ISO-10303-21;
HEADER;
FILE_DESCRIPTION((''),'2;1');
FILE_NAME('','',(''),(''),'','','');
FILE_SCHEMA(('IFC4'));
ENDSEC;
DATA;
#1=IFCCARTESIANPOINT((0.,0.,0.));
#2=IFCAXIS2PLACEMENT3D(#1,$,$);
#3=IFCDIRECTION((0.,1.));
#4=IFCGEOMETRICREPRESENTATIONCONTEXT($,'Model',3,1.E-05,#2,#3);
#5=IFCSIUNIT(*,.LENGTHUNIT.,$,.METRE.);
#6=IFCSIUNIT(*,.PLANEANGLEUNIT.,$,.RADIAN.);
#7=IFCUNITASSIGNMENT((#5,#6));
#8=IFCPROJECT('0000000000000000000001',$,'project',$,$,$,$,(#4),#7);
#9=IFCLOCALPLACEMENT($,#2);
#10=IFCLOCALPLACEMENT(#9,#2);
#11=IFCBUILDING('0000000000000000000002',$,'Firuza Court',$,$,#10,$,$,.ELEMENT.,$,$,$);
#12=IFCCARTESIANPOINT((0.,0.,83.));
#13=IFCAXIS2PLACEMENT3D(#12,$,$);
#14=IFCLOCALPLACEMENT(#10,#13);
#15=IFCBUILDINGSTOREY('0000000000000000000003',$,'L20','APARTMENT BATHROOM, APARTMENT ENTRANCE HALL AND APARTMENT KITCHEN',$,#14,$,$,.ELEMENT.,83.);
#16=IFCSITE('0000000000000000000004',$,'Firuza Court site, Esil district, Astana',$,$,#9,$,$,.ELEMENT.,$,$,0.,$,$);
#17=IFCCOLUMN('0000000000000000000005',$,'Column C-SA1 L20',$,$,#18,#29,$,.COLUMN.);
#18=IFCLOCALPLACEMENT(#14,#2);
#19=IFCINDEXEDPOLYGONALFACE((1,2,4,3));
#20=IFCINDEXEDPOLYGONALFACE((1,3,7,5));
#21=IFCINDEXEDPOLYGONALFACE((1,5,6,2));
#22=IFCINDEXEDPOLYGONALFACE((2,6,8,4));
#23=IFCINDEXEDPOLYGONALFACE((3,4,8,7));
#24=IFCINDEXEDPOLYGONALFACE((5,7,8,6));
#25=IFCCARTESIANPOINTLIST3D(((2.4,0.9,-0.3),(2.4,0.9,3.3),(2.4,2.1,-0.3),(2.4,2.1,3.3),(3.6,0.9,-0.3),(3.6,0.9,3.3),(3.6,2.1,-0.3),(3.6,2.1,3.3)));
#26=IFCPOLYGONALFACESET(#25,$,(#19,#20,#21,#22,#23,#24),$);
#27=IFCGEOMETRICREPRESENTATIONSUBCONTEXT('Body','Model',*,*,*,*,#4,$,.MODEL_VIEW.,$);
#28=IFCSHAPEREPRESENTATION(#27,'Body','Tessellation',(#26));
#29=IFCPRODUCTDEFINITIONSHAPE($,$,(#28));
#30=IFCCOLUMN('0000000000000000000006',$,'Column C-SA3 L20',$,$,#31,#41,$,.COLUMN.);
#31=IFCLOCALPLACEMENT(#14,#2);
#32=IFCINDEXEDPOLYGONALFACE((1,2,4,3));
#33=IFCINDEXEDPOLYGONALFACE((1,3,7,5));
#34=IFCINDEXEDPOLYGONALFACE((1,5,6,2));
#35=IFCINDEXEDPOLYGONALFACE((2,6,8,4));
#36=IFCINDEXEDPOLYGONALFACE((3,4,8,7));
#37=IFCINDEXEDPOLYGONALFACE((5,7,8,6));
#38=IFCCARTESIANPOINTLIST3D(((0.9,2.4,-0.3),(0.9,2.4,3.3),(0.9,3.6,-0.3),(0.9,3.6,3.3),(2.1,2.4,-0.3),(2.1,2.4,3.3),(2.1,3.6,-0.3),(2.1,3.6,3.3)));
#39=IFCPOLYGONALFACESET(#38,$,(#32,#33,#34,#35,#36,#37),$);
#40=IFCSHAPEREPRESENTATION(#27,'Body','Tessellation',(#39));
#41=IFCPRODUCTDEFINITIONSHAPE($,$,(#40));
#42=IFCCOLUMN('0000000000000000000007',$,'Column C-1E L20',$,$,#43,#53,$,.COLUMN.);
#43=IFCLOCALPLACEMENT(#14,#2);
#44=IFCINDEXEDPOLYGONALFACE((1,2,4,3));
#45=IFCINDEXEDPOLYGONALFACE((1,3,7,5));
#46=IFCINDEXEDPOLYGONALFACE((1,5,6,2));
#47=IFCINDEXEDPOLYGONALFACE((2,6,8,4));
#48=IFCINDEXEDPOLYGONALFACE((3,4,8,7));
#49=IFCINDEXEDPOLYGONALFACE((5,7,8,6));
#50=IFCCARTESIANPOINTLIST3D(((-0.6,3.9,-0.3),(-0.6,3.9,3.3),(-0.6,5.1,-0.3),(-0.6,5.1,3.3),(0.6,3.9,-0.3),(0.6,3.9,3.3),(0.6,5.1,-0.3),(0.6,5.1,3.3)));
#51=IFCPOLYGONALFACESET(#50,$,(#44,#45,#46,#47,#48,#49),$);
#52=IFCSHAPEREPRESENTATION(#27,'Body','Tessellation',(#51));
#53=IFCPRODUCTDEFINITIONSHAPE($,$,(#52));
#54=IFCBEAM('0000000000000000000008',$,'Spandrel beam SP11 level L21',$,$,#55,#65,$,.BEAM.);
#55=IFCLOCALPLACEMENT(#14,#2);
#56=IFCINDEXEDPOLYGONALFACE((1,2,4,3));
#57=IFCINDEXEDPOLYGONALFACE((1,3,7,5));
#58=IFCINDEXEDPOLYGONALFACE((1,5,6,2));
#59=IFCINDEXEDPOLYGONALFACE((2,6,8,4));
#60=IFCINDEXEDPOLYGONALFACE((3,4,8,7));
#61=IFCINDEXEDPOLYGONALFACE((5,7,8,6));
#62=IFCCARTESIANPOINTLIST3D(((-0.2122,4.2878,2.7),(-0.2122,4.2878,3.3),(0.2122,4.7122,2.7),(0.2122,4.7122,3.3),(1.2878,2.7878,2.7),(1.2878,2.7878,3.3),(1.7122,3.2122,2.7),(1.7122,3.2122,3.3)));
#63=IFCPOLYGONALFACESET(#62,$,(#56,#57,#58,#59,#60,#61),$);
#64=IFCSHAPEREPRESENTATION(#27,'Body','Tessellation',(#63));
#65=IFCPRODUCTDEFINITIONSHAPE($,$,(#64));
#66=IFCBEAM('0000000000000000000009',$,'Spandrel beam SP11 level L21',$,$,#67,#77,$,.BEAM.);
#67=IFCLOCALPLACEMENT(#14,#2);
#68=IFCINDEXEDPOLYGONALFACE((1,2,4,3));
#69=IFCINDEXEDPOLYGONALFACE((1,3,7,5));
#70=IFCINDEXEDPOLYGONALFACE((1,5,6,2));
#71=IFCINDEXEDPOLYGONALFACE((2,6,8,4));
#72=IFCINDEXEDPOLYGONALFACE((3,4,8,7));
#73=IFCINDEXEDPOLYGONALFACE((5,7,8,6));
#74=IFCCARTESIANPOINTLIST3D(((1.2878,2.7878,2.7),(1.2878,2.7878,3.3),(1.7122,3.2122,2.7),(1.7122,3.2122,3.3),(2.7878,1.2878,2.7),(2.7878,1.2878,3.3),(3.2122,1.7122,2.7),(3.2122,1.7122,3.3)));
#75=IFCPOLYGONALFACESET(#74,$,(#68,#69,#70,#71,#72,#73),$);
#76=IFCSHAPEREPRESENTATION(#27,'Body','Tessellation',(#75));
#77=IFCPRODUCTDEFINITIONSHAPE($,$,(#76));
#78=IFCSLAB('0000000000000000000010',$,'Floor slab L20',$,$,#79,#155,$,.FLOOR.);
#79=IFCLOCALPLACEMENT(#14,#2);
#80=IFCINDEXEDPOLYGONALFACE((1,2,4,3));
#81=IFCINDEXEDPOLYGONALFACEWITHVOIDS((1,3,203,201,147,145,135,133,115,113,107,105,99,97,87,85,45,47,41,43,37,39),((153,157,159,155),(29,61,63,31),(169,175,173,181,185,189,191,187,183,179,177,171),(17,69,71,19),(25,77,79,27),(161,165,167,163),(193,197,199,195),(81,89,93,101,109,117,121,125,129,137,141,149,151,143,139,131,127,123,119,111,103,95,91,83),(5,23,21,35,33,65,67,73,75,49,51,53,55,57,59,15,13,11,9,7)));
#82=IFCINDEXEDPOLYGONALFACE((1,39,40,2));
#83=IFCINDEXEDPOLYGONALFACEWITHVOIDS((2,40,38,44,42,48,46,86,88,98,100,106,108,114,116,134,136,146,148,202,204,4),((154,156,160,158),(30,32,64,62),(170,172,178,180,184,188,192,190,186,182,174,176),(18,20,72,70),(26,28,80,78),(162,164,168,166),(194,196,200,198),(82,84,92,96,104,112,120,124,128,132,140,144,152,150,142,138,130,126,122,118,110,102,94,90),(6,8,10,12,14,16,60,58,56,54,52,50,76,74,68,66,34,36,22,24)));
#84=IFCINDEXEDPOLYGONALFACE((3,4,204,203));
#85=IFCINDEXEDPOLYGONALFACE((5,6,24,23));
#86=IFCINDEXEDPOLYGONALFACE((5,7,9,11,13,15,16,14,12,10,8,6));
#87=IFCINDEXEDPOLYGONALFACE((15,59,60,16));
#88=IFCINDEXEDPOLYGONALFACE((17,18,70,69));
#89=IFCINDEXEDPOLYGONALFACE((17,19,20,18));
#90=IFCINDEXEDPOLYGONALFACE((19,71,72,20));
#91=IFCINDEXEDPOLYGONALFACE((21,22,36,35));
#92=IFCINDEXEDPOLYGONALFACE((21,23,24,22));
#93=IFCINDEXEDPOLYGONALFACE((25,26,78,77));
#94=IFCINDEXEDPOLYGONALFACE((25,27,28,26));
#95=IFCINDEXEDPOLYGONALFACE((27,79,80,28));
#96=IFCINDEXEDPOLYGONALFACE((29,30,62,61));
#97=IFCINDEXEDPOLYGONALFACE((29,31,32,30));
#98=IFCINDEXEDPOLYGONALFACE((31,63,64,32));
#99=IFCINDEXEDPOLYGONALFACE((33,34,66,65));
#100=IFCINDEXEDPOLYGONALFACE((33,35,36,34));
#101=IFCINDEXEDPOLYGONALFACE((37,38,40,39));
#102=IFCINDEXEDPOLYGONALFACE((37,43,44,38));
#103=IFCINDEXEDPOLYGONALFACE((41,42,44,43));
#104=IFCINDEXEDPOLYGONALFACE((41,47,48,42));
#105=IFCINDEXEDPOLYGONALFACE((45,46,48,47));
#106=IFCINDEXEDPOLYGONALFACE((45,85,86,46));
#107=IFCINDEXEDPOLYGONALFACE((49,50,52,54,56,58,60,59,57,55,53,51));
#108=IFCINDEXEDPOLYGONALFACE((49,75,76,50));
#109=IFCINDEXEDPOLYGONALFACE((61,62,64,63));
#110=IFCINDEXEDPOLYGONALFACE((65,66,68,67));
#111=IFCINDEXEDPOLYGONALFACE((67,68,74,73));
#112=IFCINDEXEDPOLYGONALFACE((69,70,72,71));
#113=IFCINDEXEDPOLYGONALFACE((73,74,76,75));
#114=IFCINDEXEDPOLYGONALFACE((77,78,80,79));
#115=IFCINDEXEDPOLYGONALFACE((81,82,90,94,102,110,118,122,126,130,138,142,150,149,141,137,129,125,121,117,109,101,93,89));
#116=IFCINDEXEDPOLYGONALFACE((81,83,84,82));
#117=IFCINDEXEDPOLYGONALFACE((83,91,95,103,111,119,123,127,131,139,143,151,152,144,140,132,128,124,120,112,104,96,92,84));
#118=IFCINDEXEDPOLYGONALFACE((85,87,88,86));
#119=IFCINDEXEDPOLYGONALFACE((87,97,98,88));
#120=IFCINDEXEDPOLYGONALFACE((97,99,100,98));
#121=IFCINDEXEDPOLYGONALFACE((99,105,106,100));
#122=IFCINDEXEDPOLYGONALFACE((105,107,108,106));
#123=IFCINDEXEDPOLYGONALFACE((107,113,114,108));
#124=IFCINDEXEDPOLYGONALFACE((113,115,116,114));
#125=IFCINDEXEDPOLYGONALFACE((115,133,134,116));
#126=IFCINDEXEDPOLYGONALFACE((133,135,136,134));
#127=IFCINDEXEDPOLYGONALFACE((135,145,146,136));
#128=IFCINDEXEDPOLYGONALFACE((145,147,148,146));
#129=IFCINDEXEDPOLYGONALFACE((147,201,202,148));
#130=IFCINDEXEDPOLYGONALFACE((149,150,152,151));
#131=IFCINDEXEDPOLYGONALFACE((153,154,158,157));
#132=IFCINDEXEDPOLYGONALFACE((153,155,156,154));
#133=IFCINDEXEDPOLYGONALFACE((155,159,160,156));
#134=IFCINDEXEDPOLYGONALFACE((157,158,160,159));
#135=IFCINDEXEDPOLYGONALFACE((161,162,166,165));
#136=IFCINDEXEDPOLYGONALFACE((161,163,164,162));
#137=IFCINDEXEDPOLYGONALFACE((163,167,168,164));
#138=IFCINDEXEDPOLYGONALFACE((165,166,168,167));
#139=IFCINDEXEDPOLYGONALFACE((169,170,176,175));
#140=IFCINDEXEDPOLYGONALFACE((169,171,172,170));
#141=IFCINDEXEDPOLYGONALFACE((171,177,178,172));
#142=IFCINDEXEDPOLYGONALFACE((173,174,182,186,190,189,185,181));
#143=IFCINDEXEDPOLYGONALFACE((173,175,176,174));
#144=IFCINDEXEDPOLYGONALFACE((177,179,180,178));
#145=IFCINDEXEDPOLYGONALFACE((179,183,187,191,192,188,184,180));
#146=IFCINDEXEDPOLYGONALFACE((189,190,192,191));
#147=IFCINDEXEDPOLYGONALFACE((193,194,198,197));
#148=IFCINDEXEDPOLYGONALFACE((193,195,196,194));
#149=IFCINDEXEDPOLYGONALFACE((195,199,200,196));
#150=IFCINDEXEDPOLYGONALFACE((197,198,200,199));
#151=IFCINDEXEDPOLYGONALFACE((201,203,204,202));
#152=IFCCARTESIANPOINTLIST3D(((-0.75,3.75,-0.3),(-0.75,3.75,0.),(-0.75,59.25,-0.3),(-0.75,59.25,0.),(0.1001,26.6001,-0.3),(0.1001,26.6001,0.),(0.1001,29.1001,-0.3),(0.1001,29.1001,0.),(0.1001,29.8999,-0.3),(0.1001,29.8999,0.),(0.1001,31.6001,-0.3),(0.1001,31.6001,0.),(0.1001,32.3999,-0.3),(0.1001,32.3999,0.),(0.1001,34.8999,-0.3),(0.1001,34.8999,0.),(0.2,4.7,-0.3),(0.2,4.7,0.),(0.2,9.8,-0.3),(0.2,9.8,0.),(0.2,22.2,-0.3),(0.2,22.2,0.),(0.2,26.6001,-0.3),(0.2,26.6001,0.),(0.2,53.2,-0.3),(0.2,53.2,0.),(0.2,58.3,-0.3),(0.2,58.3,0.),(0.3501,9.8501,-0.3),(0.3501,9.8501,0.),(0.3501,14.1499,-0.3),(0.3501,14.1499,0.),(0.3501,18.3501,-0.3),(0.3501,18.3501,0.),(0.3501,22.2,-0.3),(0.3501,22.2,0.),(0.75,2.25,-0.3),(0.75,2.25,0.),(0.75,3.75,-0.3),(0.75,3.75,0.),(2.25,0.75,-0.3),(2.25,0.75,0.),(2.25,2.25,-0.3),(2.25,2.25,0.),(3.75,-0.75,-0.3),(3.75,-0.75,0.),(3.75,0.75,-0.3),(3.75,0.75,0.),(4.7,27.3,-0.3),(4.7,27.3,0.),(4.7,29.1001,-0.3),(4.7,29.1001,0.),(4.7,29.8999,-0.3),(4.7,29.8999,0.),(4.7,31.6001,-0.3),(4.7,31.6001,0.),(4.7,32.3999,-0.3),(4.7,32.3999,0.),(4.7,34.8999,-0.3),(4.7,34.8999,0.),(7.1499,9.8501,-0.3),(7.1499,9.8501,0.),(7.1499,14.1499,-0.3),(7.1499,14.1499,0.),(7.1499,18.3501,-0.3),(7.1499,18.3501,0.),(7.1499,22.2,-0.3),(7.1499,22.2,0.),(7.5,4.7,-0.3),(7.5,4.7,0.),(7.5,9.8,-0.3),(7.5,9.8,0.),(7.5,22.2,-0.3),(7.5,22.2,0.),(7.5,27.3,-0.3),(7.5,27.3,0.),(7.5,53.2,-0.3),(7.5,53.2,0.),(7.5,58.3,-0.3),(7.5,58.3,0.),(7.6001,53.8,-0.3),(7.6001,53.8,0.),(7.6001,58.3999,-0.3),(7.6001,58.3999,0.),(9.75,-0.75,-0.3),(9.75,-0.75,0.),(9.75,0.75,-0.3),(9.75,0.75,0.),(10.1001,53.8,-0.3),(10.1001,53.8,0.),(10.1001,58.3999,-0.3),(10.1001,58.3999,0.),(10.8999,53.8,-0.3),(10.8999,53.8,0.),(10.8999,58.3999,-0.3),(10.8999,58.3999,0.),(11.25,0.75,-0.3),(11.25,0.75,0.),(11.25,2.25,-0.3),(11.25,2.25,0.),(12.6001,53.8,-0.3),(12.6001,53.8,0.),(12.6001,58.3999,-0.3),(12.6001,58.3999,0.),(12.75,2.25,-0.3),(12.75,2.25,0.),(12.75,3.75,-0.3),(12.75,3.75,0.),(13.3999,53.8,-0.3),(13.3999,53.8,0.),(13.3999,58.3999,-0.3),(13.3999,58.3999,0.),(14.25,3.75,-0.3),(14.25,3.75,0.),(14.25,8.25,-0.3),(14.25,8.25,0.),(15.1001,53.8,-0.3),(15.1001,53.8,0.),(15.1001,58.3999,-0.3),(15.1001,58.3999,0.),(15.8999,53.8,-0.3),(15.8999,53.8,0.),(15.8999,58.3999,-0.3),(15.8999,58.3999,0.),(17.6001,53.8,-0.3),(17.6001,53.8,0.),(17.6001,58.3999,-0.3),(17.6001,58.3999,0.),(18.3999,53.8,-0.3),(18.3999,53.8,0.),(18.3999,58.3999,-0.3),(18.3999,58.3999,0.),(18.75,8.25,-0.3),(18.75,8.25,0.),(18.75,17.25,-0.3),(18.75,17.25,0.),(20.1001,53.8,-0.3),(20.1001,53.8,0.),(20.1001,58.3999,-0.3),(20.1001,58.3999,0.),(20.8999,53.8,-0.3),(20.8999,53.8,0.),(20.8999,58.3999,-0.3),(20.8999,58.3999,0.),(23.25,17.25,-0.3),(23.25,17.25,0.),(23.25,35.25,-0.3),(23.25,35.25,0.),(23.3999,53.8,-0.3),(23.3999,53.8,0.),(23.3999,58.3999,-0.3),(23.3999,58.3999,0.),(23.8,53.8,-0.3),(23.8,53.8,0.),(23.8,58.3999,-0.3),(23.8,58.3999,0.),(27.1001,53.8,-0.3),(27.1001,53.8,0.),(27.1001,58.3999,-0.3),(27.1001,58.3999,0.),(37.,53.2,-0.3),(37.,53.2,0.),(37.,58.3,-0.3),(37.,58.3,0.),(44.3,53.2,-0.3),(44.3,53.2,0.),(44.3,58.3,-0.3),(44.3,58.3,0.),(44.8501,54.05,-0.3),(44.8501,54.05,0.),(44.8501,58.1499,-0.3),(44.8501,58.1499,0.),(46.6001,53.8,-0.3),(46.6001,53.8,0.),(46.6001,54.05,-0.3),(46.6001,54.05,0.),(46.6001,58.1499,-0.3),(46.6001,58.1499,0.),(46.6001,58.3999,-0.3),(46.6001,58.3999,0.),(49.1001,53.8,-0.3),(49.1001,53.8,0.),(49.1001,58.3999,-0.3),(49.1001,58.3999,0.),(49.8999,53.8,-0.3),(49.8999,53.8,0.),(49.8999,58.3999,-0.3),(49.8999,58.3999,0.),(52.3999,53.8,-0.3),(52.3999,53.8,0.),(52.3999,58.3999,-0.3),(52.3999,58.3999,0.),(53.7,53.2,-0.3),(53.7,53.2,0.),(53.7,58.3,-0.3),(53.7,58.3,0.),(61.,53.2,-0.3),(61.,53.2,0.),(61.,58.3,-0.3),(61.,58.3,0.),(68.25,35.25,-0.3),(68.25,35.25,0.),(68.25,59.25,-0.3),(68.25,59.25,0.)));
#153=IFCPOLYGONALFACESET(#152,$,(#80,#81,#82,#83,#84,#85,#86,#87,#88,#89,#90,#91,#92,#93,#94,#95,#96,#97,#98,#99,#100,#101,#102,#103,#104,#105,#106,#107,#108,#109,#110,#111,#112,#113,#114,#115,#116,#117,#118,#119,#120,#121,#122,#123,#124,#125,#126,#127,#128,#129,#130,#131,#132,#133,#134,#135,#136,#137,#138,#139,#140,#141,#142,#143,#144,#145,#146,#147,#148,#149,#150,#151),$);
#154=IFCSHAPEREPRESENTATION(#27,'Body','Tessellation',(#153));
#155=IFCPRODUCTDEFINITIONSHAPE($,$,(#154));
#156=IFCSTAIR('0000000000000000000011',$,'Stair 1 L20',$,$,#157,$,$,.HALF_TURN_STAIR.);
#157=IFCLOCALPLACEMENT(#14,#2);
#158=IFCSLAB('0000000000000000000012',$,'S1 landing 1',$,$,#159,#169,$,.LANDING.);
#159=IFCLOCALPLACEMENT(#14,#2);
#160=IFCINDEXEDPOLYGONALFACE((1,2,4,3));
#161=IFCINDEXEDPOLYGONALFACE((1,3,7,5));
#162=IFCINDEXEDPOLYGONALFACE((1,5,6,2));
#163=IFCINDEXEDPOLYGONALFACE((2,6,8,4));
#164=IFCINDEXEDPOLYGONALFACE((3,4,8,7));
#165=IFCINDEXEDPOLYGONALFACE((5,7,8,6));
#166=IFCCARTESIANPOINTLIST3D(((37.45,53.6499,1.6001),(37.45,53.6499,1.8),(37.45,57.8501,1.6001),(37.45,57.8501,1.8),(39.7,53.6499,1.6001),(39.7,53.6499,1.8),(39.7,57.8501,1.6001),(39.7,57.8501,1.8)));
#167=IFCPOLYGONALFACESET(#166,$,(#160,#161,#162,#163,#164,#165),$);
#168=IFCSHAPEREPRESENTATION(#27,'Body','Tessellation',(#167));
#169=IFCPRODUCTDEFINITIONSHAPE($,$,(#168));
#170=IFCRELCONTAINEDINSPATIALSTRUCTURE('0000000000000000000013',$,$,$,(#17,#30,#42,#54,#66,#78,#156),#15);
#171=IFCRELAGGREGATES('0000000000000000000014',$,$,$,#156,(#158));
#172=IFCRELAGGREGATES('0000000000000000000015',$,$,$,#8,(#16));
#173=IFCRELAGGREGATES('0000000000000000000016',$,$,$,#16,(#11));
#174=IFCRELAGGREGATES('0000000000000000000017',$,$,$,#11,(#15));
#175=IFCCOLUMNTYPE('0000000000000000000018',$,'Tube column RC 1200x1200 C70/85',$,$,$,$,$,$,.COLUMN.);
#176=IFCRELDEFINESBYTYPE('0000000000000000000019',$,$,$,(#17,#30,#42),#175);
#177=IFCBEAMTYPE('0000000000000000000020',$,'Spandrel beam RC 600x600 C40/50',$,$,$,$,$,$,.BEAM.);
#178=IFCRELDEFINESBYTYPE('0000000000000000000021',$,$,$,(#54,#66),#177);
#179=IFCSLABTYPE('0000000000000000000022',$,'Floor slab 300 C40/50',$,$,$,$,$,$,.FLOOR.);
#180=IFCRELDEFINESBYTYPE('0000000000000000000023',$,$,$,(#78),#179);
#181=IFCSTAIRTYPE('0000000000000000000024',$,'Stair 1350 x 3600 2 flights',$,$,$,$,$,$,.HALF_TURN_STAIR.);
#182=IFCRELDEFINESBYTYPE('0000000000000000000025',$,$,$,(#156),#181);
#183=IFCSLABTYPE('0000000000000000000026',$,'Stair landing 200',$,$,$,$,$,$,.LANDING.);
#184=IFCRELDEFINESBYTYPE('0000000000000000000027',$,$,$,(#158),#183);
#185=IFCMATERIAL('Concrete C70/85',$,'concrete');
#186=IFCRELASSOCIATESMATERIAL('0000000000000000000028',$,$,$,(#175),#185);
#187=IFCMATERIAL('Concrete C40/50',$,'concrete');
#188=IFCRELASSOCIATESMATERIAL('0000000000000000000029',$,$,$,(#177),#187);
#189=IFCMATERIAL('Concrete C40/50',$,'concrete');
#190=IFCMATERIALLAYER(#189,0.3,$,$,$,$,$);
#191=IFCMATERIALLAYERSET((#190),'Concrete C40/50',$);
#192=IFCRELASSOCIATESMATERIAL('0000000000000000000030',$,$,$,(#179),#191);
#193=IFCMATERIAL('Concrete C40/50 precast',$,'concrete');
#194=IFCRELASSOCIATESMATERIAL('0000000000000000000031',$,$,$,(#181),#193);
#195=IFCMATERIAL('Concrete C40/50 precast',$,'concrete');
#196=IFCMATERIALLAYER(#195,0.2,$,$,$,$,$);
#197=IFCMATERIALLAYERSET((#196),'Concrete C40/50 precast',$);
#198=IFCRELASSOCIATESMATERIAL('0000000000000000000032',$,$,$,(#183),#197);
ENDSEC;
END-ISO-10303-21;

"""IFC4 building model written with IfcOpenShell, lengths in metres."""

from ifc_helpers import new_model, si_unit, direction, frame, origin, origin_2d, place, context, subcontext, project, spatial, polyline, rectangle, outline, extrude, material, layer, layer_set, material_profile, profile_set, type_object, element, aggregate, save


model = new_model("IFC4")

# Units and contexts
model_context = context("Model", 3, precision=1e-05, world=origin(), true_north=direction((0.0, 1.0)))
body_context = subcontext(model_context, "Body", "Model", "MODEL_VIEW")
ifc_project = project(units=[si_unit("LENGTHUNIT", "METRE"), si_unit("PLANEANGLEUNIT", "RADIAN")], contexts=[model_context])

# Site, building, storey
site_placement = place(None, origin())
site = spatial("IfcSite", under=ifc_project, at=site_placement, Name="Firuza Court site, Esil district, Astana", CompositionType="ELEMENT", RefElevation=0.0)
building_placement = place(site_placement, origin())
building = spatial("IfcBuilding", under=site, at=building_placement, Name="Firuza Court", CompositionType="ELEMENT")
storey_placement = place(building_placement, frame((0.0, 0.0, 83.0)))
storey = spatial("IfcBuildingStorey", under=building, at=storey_placement, Name="L20", Description="APARTMENT BATHROOM, APARTMENT ENTRANCE HALL AND APARTMENT KITCHEN", CompositionType="ELEMENT", Elevation=83.0)

# Columns
ifc_material_1 = material(Name="Concrete C70/85", Category="concrete")
ifc_material_profile_1 = material_profile(ifc_material_1, rectangle(XDim=1.2, YDim=1.2, at=origin_2d()), Name="RC 1200x1200")
ifc_profile_set_1 = profile_set([ifc_material_profile_1], Name="Concrete C70/85")
column_type = type_object("IfcColumnType", Name="Tube column RC 1200x1200 C70/85", PredefinedType="COLUMN", material=ifc_profile_set_1)
for number, where, z_axis, x_axis, name in (
    (1, (3.0, 1.5, -0.3), (0.0, 0.0, 1.0), (1.0, 0.0, 0.0), "Column C-SA1 L20"),
    (2, (1.5, 3.0, -0.3), (0.0, 0.0, 1.0), (1.0, 0.0, 0.0), "Column C-SA3 L20"),
    (3, (0.0, 4.5, -0.3), (0.0, 0.0, 1.0), (1.0, 0.0, 0.0), "Column C-1E L20"),
):
    element("IfcColumn", number, at=place(storey_placement, frame(where, z_axis=z_axis, x_axis=x_axis)), inside=storey, type_object=column_type, Name=name, PredefinedType="COLUMN", context=body_context, shape_type="SweptSolid", body=[
        extrude(rectangle(XDim=1.2, YDim=1.2, at=origin_2d()), origin(), (0.0, 0.0, 1.0), 3.6001),
    ])

# Beams
ifc_material_2 = material(Name="Concrete C40/50", Category="concrete")
ifc_material_profile_2 = material_profile(ifc_material_2, rectangle(XDim=0.6001, YDim=0.6001, at=origin_2d()), Name="RC 600x600")
ifc_profile_set_2 = profile_set([ifc_material_profile_2], Name="Concrete C40/50")
beam_type = type_object("IfcBeamType", Name="Spandrel beam RC 600x600 C40/50", PredefinedType="BEAM", material=ifc_profile_set_2)
for number, where, z_axis, x_axis, name in (
    (4, (0.0, 4.5, 3.0), (0.707107, -0.707107, 0.0), (0.707107, 0.707107, 0.0), "Spandrel beam SP11 level L21"),
    (5, (1.5, 3.0, 3.0), (0.707107, -0.707107, 0.0), (0.707107, 0.707107, 0.0), "Spandrel beam SP11 level L21"),
):
    element("IfcBeam", number, at=place(storey_placement, frame(where, z_axis=z_axis, x_axis=x_axis)), inside=storey, type_object=beam_type, Name=name, PredefinedType="BEAM", context=body_context, shape_type="SweptSolid", body=[
        extrude(rectangle(XDim=0.6001, YDim=0.6001, at=origin_2d()), origin(), (0.0, 0.0, 1.0), 2.1213),
    ])

# Slab
ifc_material_3 = material(Name="Concrete C40/50", Category="concrete")
ifc_layer_1 = layer(ifc_material_3, 0.3)
ifc_layer_set_1 = layer_set([ifc_layer_1], Name="Concrete C40/50")
slab_type_1 = type_object("IfcSlabType", Name="Floor slab 300 C40/50", PredefinedType="FLOOR", material=ifc_layer_set_1)
slab_1_placement = place(storey_placement, frame((0.0, 0.0, -0.3)))
element("IfcSlab", 6, at=slab_1_placement, inside=storey, type_object=slab_type_1, Name="Floor slab L20", PredefinedType="FLOOR", context=body_context, shape_type="SweptSolid", body=[
    extrude(outline(polyline([(3.75, -0.75), (3.75, 0.75), (2.25, 0.75), (2.25, 2.25), (0.75, 2.25), (0.75, 3.75), (-0.75, 3.75), (-0.75, 59.25), (68.25, 59.25), (68.25, 35.25), (23.25, 35.25), (23.25, 17.25), (18.75, 17.25), (18.75, 8.25), (14.25, 8.25), (14.25, 3.75), (12.75, 3.75), (12.75, 2.25), (11.25, 2.25), (11.25, 0.75), (9.75, 0.75), (9.75, -0.75), (3.75, -0.75)]), holes=[polyline([(7.5, 9.8), (0.2, 9.8), (0.2, 4.7), (7.5, 4.7), (7.5, 9.8)]), polyline([(7.1499, 14.1499), (0.3501, 14.1499), (0.3501, 9.8501), (7.1499, 9.8501), (7.1499, 14.1499)]), polyline([(0.2, 22.2), (0.3501, 22.2), (0.3501, 18.3501), (7.1499, 18.3501), (7.1499, 22.2), (7.5, 22.2), (7.5, 27.3), (4.7, 27.3), (4.7, 29.1001), (4.7, 29.8999), (4.7, 31.6001), (4.7, 32.3999), (4.7, 34.8999), (0.1001, 34.8999), (0.1001, 32.3999), (0.1001, 31.6001), (0.1001, 29.8999), (0.1001, 29.1001), (0.1001, 26.6001), (0.2, 26.6001), (0.2, 22.2)]), polyline([(7.5, 58.3), (0.2, 58.3), (0.2, 53.2), (7.5, 53.2), (7.5, 58.3)]), polyline([(10.1001, 58.3999), (7.6001, 58.3999), (7.6001, 53.8), (10.1001, 53.8), (10.8999, 53.8), (12.6001, 53.8), (13.3999, 53.8), (15.1001, 53.8), (15.8999, 53.8), (17.6001, 53.8), (18.3999, 53.8), (20.1001, 53.8), (20.8999, 53.8), (23.3999, 53.8), (23.3999, 58.3999), (20.8999, 58.3999), (20.1001, 58.3999), (18.3999, 58.3999), (17.6001, 58.3999), (15.8999, 58.3999), (15.1001, 58.3999), (13.3999, 58.3999), (12.6001, 58.3999), (10.8999, 58.3999), (10.1001, 58.3999)]), polyline([(44.3, 58.3), (37.0, 58.3), (37.0, 53.2), (44.3, 53.2), (44.3, 58.3)]), polyline([(61.0, 58.3), (53.7, 58.3), (53.7, 53.2), (61.0, 53.2), (61.0, 58.3)]), polyline([(27.1001, 58.3999), (23.8, 58.3999), (23.8, 53.8), (27.1001, 53.8), (27.1001, 58.3999)]), polyline([(46.6001, 58.1499), (44.8501, 58.1499), (44.8501, 54.05), (46.6001, 54.05), (46.6001, 53.8), (49.1001, 53.8), (49.8999, 53.8), (52.3999, 53.8), (52.3999, 58.3999), (49.8999, 58.3999), (49.1001, 58.3999), (46.6001, 58.3999), (46.6001, 58.1499)])]), origin(), (0.0, 0.0, 1.0), 0.3),
])

# Stair, slab
ifc_material_4 = material(Name="Concrete C40/50 precast", Category="concrete")
stair_type = type_object("IfcStairType", Name="Stair 1350 x 3600 2 flights", PredefinedType="HALF_TURN_STAIR", material=ifc_material_4)
stair_1_placement = place(storey_placement, origin())
stair_1 = element("IfcStair", 7, at=stair_1_placement, inside=storey, type_object=stair_type, Name="Stair 1 L20", PredefinedType="HALF_TURN_STAIR")
ifc_material_5 = material(Name="Concrete C40/50 precast", Category="concrete")
ifc_layer_2 = layer(ifc_material_5, 0.2)
ifc_layer_set_2 = layer_set([ifc_layer_2], Name="Concrete C40/50 precast")
slab_type_2 = type_object("IfcSlabType", Name="Stair landing 200", PredefinedType="LANDING", material=ifc_layer_set_2)
slab_2_placement = place(storey_placement, frame((0.0, 0.0, 1.6001)))
slab_2 = element("IfcSlab", 8, at=slab_2_placement, type_object=slab_type_2, Name="S1 landing 1", PredefinedType="LANDING", context=body_context, shape_type="SweptSolid", body=[
    extrude(outline(polyline([(39.7, 53.6499), (39.7, 57.8501), (37.45, 57.8501), (37.45, 53.6499), (39.7, 53.6499)])), origin(), (0.0, 0.0, 1.0), 0.2),
])
aggregate(stair_1, [slab_2])

save(model, "model.ifc")
